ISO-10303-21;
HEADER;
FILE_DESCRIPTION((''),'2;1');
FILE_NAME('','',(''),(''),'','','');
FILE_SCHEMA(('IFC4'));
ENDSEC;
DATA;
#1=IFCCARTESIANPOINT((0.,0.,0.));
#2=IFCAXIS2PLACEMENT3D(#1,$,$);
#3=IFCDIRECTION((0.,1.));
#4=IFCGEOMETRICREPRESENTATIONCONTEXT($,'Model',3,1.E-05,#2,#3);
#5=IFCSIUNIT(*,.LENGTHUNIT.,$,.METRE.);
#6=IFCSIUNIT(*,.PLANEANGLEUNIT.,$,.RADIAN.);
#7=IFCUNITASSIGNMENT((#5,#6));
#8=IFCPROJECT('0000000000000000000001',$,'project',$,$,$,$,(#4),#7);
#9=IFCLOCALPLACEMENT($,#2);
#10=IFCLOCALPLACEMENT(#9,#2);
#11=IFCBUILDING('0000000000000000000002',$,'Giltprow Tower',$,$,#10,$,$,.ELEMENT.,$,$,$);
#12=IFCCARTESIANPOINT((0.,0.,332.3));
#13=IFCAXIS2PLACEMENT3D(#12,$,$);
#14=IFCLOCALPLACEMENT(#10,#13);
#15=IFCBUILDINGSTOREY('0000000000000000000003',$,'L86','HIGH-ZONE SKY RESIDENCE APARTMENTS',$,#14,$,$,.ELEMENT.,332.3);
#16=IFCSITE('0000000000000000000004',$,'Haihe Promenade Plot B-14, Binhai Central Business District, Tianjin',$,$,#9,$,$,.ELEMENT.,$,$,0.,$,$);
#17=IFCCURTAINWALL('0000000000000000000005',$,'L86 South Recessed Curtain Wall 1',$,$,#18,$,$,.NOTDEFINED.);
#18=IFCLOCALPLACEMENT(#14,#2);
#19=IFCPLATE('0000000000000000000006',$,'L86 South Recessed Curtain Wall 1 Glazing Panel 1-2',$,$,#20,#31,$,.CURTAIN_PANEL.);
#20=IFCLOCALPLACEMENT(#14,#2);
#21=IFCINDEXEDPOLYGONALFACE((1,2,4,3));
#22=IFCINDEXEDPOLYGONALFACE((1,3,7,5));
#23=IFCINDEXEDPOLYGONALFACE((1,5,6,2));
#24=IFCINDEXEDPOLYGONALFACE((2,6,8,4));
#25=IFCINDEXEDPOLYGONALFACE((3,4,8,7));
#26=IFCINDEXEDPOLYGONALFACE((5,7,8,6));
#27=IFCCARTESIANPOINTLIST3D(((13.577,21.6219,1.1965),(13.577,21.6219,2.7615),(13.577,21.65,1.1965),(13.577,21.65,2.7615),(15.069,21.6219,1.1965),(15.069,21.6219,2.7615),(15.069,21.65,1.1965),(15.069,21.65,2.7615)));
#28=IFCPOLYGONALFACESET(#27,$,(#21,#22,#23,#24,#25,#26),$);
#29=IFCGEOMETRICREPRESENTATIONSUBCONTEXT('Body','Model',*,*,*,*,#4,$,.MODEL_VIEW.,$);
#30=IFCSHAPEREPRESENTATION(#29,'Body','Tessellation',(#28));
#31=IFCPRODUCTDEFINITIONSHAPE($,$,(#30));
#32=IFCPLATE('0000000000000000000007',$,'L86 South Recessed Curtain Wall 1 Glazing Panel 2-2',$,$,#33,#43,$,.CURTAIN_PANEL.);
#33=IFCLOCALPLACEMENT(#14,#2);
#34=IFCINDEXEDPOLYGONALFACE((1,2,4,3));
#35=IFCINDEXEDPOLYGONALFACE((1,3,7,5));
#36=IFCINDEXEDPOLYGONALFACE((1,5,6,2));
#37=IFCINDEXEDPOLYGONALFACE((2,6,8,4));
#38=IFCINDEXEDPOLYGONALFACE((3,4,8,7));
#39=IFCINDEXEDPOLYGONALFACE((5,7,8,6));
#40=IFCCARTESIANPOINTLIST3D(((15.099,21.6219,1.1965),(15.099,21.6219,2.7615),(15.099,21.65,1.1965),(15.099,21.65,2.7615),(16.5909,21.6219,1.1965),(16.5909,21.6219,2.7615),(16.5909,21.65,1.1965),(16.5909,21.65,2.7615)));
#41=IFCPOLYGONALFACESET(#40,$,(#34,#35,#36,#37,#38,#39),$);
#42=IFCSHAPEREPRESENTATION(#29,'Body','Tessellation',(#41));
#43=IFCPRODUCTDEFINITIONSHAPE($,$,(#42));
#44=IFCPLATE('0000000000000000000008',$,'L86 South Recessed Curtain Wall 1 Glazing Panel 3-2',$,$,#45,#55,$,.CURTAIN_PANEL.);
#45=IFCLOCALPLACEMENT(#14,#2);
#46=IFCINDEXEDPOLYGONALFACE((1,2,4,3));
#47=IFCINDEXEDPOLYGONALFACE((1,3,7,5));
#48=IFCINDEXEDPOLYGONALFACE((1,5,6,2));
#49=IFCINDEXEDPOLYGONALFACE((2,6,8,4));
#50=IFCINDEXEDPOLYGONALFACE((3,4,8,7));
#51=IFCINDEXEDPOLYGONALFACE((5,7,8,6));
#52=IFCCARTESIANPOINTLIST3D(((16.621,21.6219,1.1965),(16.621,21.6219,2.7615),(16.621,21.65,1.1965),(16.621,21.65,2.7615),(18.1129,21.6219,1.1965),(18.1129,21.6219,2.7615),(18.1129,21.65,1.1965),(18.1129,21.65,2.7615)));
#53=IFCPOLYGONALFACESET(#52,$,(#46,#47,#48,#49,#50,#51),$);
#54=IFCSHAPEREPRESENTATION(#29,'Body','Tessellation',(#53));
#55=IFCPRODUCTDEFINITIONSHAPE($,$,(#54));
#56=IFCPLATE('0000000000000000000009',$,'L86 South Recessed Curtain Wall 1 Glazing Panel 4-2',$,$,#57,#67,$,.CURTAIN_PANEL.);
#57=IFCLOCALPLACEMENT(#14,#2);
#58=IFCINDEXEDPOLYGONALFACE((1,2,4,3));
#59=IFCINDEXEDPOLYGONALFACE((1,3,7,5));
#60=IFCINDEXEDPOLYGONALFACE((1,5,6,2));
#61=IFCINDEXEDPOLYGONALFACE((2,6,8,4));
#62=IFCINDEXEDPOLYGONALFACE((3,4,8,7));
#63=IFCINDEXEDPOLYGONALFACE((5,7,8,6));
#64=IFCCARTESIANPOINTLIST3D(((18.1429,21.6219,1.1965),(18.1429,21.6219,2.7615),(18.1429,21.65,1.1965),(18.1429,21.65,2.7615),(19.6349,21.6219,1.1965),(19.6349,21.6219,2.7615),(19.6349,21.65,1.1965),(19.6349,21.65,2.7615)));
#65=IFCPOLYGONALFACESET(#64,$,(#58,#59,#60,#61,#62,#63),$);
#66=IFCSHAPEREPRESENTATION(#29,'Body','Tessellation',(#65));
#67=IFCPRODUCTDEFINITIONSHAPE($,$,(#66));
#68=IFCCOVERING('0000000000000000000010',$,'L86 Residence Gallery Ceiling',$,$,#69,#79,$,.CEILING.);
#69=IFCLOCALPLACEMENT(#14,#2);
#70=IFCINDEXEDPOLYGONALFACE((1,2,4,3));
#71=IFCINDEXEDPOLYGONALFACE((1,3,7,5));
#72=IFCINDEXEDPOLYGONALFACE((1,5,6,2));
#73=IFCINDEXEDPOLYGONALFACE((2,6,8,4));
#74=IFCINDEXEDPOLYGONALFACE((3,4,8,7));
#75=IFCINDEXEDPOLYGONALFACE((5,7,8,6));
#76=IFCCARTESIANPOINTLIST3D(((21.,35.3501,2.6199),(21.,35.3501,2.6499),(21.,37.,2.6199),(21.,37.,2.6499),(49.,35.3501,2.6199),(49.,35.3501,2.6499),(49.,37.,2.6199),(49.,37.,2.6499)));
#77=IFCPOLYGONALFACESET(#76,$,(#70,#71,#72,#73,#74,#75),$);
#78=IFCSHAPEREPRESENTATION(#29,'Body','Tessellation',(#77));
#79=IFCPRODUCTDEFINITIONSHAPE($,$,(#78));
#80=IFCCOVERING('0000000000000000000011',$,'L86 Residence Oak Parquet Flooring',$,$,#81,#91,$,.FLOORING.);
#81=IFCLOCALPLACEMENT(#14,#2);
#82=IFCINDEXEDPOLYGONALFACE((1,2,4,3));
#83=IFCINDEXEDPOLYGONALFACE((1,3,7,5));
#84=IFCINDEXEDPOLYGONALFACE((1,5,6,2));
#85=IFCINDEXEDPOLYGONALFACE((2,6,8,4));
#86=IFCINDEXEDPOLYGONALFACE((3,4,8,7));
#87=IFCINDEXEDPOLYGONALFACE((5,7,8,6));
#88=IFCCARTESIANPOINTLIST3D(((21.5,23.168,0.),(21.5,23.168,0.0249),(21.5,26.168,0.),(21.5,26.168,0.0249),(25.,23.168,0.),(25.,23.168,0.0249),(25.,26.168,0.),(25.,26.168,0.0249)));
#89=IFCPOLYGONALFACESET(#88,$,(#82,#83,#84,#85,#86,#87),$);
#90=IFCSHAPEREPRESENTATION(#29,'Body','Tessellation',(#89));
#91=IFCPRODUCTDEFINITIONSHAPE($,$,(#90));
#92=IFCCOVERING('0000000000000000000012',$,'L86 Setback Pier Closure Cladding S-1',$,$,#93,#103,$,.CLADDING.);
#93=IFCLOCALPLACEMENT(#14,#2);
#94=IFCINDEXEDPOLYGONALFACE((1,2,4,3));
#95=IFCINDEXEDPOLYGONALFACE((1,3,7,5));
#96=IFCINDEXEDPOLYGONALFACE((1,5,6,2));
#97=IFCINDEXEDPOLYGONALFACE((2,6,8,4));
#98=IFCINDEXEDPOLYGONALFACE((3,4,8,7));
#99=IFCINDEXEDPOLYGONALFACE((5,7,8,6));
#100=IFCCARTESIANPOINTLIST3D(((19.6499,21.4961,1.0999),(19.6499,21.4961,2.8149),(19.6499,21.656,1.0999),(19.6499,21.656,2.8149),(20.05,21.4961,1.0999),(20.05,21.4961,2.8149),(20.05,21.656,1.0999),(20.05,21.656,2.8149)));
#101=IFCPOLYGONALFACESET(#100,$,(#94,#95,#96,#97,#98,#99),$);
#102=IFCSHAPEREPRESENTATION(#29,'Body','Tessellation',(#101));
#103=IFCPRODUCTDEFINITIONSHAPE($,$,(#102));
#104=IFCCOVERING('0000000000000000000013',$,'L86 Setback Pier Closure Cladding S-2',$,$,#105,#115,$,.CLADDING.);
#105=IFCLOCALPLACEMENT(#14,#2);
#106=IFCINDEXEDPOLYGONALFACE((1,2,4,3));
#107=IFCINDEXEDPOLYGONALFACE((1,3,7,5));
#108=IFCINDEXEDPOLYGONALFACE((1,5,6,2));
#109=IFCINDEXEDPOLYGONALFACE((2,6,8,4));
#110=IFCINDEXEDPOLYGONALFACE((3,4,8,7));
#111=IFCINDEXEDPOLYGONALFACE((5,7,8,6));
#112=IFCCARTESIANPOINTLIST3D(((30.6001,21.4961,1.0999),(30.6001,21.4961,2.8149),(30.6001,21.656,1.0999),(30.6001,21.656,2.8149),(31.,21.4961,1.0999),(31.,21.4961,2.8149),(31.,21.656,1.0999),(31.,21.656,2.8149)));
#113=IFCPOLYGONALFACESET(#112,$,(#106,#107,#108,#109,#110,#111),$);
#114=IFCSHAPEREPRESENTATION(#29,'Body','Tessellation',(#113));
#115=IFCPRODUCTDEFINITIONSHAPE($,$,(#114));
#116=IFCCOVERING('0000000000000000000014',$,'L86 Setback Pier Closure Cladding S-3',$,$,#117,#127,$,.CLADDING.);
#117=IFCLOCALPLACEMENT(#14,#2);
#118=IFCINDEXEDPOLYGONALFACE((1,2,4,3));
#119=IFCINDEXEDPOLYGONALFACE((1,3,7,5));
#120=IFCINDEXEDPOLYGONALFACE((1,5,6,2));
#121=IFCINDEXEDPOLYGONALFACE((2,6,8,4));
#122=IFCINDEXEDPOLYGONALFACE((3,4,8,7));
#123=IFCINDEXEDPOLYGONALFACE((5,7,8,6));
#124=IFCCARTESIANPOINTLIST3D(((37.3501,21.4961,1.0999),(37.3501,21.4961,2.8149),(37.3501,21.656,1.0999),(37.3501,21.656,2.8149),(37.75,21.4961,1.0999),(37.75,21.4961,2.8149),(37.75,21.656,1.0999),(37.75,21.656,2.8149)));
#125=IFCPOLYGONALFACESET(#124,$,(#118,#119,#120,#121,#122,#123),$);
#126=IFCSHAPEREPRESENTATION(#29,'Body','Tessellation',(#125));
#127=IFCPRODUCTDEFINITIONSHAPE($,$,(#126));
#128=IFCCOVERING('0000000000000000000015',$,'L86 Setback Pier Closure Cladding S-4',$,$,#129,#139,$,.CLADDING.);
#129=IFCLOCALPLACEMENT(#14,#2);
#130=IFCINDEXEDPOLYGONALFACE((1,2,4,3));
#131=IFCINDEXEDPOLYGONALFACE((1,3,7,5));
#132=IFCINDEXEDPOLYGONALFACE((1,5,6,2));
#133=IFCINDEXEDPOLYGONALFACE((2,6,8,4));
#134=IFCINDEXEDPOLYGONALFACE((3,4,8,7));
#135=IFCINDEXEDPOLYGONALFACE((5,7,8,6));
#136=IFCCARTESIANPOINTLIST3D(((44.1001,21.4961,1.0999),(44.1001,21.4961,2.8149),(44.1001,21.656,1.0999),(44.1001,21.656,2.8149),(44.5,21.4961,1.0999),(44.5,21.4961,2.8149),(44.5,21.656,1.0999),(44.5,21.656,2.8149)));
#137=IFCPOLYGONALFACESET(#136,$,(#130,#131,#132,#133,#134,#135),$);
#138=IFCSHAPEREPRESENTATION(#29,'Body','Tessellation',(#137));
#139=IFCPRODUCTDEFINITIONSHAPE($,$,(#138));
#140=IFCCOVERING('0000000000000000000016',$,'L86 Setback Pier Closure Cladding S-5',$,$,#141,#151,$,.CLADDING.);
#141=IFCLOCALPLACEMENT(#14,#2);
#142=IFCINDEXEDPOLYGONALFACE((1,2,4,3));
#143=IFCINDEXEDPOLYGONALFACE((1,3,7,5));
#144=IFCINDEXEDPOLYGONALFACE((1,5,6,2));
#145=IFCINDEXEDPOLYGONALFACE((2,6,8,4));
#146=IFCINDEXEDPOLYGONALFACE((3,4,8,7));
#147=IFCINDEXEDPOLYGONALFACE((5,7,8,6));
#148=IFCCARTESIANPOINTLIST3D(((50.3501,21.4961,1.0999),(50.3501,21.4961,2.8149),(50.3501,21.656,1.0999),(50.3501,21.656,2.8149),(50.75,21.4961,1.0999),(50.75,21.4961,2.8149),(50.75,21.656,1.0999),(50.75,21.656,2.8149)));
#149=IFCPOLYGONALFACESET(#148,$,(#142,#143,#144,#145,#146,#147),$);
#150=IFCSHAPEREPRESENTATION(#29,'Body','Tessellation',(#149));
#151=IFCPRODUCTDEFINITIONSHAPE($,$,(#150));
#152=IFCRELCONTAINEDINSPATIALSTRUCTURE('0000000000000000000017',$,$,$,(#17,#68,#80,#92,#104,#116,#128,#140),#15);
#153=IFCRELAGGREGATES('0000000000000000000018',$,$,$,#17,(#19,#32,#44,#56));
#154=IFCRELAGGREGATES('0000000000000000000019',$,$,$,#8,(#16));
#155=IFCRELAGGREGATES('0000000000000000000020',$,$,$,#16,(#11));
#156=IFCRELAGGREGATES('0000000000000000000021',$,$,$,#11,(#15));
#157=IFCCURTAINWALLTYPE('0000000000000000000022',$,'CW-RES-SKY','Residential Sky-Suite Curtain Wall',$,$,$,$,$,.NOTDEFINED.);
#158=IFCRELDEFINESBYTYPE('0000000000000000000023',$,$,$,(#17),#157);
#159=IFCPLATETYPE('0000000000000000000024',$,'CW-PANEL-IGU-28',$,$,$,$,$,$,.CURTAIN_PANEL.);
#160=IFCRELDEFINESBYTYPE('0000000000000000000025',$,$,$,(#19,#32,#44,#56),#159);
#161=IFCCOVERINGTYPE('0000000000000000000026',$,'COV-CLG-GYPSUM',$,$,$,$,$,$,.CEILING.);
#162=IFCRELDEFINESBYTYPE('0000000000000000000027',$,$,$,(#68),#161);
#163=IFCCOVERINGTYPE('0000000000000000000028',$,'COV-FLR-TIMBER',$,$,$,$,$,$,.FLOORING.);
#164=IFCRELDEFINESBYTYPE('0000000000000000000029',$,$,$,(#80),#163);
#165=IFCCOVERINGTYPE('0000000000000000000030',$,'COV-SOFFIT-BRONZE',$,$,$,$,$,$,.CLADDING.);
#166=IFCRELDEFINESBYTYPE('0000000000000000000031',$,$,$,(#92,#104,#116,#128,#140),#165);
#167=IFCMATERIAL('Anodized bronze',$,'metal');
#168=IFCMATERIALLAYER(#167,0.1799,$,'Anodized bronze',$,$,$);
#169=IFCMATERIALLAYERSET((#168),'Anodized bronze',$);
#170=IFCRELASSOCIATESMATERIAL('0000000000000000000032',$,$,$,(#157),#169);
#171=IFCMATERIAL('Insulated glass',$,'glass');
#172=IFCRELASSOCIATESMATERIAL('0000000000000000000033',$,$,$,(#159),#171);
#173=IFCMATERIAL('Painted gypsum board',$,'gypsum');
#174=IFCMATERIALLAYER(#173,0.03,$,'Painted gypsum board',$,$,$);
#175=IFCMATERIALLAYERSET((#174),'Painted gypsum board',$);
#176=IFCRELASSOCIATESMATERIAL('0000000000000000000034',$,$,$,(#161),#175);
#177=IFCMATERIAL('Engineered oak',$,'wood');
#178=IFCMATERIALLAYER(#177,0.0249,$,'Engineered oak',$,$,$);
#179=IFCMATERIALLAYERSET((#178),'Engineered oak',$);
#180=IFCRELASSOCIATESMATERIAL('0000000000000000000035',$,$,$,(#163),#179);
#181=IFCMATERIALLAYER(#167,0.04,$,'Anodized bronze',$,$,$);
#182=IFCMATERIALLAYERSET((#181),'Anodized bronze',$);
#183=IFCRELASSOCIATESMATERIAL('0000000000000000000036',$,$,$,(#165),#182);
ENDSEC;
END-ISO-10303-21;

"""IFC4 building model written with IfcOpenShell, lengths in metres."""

from ifc_helpers import new_model, si_unit, direction, frame, origin, origin_2d, place, context, subcontext, project, spatial, polyline, rectangle, outline, extrude, source, transform, mapped, material, layer, layer_set, type_object, element, aggregate, save


model = new_model("IFC4")

# Units and contexts
model_context = context("Model", 3, precision=1e-05, world=origin(), true_north=direction((0.0, 1.0)))
body_context = subcontext(model_context, "Body", "Model", "MODEL_VIEW")
ifc_project = project(units=[si_unit("LENGTHUNIT", "METRE"), si_unit("PLANEANGLEUNIT", "RADIAN")], contexts=[model_context])

# Site, building, storey
site_placement = place(None, origin())
site = spatial("IfcSite", under=ifc_project, at=site_placement, Name="Haihe Promenade Plot B-14, Binhai Central Business District, Tianjin", CompositionType="ELEMENT", RefElevation=0.0)
building_placement = place(site_placement, origin())
building = spatial("IfcBuilding", under=site, at=building_placement, Name="Giltprow Tower", CompositionType="ELEMENT")
storey_placement = place(building_placement, frame((0.0, 0.0, 332.3)))
storey = spatial("IfcBuildingStorey", under=building, at=storey_placement, Name="L86", Description="HIGH-ZONE SKY RESIDENCE APARTMENTS", CompositionType="ELEMENT", Elevation=332.3)

# Curtain wall
ifc_material_1 = material(Name="Anodized bronze", Category="metal")
ifc_layer_1 = layer(ifc_material_1, 0.1799, Name="Anodized bronze")
ifc_layer_set_1 = layer_set([ifc_layer_1], Name="Anodized bronze")
curtain_wall_type = type_object("IfcCurtainWallType", Name="CW-RES-SKY", Description="Residential Sky-Suite Curtain Wall", PredefinedType="NOTDEFINED", material=ifc_layer_set_1)
curtain_wall_placement = place(storey_placement, origin())
curtain_wall = element("IfcCurtainWall", 1, at=curtain_wall_placement, inside=storey, type_object=curtain_wall_type, Name="L86 South Recessed Curtain Wall 1", PredefinedType="NOTDEFINED")

# Plates
ifc_material_2 = material(Name="Insulated glass", Category="glass")
plate_type = type_object("IfcPlateType", Name="CW-PANEL-IGU-28", PredefinedType="CURTAIN_PANEL", material=ifc_material_2)
shared_shape_1 = source(origin(), body_context, "Body", "SweptSolid", [
    extrude(rectangle(XDim=1.4919, YDim=0.0281, at=origin_2d()), origin(), (0.0, 0.0, 1.0), 1.5649),
])
plate_1_placement = place(storey_placement, frame((14.323, 21.636, 1.1965), z_axis=(0.0, 0.0, 1.0), x_axis=(1.0, 0.0, 0.0)))
plate_1 = element("IfcPlate", 2, at=plate_1_placement, type_object=plate_type, Name="L86 South Recessed Curtain Wall 1 Glazing Panel 1-2", PredefinedType="CURTAIN_PANEL", context=body_context, shape_type="MappedRepresentation", body=[
    mapped(shared_shape_1, transform((0.0, 0.0, 0.0), x_axis=(1.0, 0.0, 0.0), y_axis=(0.0, 1.0, 0.0), z_axis=(0.0, 0.0, 1.0), scale=1.0)),
])
plate_2_placement = place(storey_placement, frame((15.845, 21.636, 1.1965), z_axis=(0.0, 0.0, 1.0), x_axis=(1.0, 0.0, 0.0)))
plate_2 = element("IfcPlate", 3, at=plate_2_placement, type_object=plate_type, Name="L86 South Recessed Curtain Wall 1 Glazing Panel 2-2", PredefinedType="CURTAIN_PANEL", context=body_context, shape_type="MappedRepresentation", body=[
    mapped(shared_shape_1, transform((0.0, 0.0, 0.0), x_axis=(1.0, 0.0, 0.0), y_axis=(0.0, 1.0, 0.0), z_axis=(0.0, 0.0, 1.0), scale=1.0)),
])
plate_3_placement = place(storey_placement, frame((17.3669, 21.636, 1.1965), z_axis=(0.0, 0.0, 1.0), x_axis=(1.0, 0.0, 0.0)))
plate_3 = element("IfcPlate", 4, at=plate_3_placement, type_object=plate_type, Name="L86 South Recessed Curtain Wall 1 Glazing Panel 3-2", PredefinedType="CURTAIN_PANEL", context=body_context, shape_type="MappedRepresentation", body=[
    mapped(shared_shape_1, transform((0.0, 0.0, 0.0), x_axis=(1.0, 0.0, 0.0), y_axis=(0.0, 1.0, 0.0), z_axis=(0.0, 0.0, 1.0), scale=1.0)),
])
plate_4_placement = place(storey_placement, frame((18.8889, 21.636, 1.1965), z_axis=(0.0, 0.0, 1.0), x_axis=(1.0, 0.0, 0.0)))
plate_4 = element("IfcPlate", 5, at=plate_4_placement, type_object=plate_type, Name="L86 South Recessed Curtain Wall 1 Glazing Panel 4-2", PredefinedType="CURTAIN_PANEL", context=body_context, shape_type="MappedRepresentation", body=[
    mapped(shared_shape_1, transform((0.0, 0.0, 0.0), x_axis=(1.0, 0.0, 0.0), y_axis=(0.0, 1.0, 0.0), z_axis=(0.0, 0.0, 1.0), scale=1.0)),
])
aggregate(curtain_wall, [plate_1, plate_2, plate_3, plate_4])

# Coverings
ifc_material_3 = material(Name="Painted gypsum board", Category="gypsum")
ifc_layer_2 = layer(ifc_material_3, 0.03, Name="Painted gypsum board")
ifc_layer_set_2 = layer_set([ifc_layer_2], Name="Painted gypsum board")
covering_type_1 = type_object("IfcCoveringType", Name="COV-CLG-GYPSUM", PredefinedType="CEILING", material=ifc_layer_set_2)
covering_1_placement = place(storey_placement, frame((0.0, 0.0, 2.6199)))
element("IfcCovering", 6, at=covering_1_placement, inside=storey, type_object=covering_type_1, Name="L86 Residence Gallery Ceiling", PredefinedType="CEILING", context=body_context, shape_type="SweptSolid", body=[
    extrude(outline(polyline([(21.0, 35.3501), (49.0, 35.3501), (49.0, 37.0), (21.0, 37.0), (21.0, 35.3501)])), origin(), (0.0, 0.0, 1.0), 0.03),
])
ifc_material_4 = material(Name="Engineered oak", Category="wood")
ifc_layer_3 = layer(ifc_material_4, 0.0249, Name="Engineered oak")
ifc_layer_set_3 = layer_set([ifc_layer_3], Name="Engineered oak")
covering_type_2 = type_object("IfcCoveringType", Name="COV-FLR-TIMBER", PredefinedType="FLOORING", material=ifc_layer_set_3)
covering_2_placement = place(storey_placement, origin())
element("IfcCovering", 7, at=covering_2_placement, inside=storey, type_object=covering_type_2, Name="L86 Residence Oak Parquet Flooring", PredefinedType="FLOORING", context=body_context, shape_type="SweptSolid", body=[
    extrude(outline(polyline([(21.5, 23.168), (25.0, 23.168), (25.0, 26.168), (21.5, 26.168), (21.5, 23.168)])), origin(), (0.0, 0.0, 1.0), 0.0249),
])
ifc_layer_4 = layer(ifc_material_1, 0.04, Name="Anodized bronze")
ifc_layer_set_4 = layer_set([ifc_layer_4], Name="Anodized bronze")
covering_type_3 = type_object("IfcCoveringType", Name="COV-SOFFIT-BRONZE", PredefinedType="CLADDING", material=ifc_layer_set_4)
covering_3_placement = place(storey_placement, frame((0.0, 0.0, 1.0999)))
element("IfcCovering", 8, at=covering_3_placement, inside=storey, type_object=covering_type_3, Name="L86 Setback Pier Closure Cladding S-1", PredefinedType="CLADDING", context=body_context, shape_type="SweptSolid", body=[
    extrude(outline(polyline([(19.6499, 21.4961), (20.05, 21.4961), (20.05, 21.656), (19.6499, 21.656), (19.6499, 21.4961)])), origin(), (0.0, 0.0, 1.0), 1.7151),
])
covering_4_placement = place(storey_placement, frame((0.0, 0.0, 1.0999)))
element("IfcCovering", 9, at=covering_4_placement, inside=storey, type_object=covering_type_3, Name="L86 Setback Pier Closure Cladding S-2", PredefinedType="CLADDING", context=body_context, shape_type="SweptSolid", body=[
    extrude(outline(polyline([(30.6001, 21.4961), (31.0, 21.4961), (31.0, 21.656), (30.6001, 21.656), (30.6001, 21.4961)])), origin(), (0.0, 0.0, 1.0), 1.7151),
])
covering_5_placement = place(storey_placement, frame((0.0, 0.0, 1.0999)))
element("IfcCovering", 10, at=covering_5_placement, inside=storey, type_object=covering_type_3, Name="L86 Setback Pier Closure Cladding S-3", PredefinedType="CLADDING", context=body_context, shape_type="SweptSolid", body=[
    extrude(outline(polyline([(37.3501, 21.4961), (37.75, 21.4961), (37.75, 21.656), (37.3501, 21.656), (37.3501, 21.4961)])), origin(), (0.0, 0.0, 1.0), 1.7151),
])
covering_6_placement = place(storey_placement, frame((0.0, 0.0, 1.0999)))
element("IfcCovering", 11, at=covering_6_placement, inside=storey, type_object=covering_type_3, Name="L86 Setback Pier Closure Cladding S-4", PredefinedType="CLADDING", context=body_context, shape_type="SweptSolid", body=[
    extrude(outline(polyline([(44.1001, 21.4961), (44.5, 21.4961), (44.5, 21.656), (44.1001, 21.656), (44.1001, 21.4961)])), origin(), (0.0, 0.0, 1.0), 1.7151),
])
covering_7_placement = place(storey_placement, frame((0.0, 0.0, 1.0999)))
element("IfcCovering", 12, at=covering_7_placement, inside=storey, type_object=covering_type_3, Name="L86 Setback Pier Closure Cladding S-5", PredefinedType="CLADDING", context=body_context, shape_type="SweptSolid", body=[
    extrude(outline(polyline([(50.3501, 21.4961), (50.75, 21.4961), (50.75, 21.656), (50.3501, 21.656), (50.3501, 21.4961)])), origin(), (0.0, 0.0, 1.0), 1.7151),
])

save(model, "model.ifc")
